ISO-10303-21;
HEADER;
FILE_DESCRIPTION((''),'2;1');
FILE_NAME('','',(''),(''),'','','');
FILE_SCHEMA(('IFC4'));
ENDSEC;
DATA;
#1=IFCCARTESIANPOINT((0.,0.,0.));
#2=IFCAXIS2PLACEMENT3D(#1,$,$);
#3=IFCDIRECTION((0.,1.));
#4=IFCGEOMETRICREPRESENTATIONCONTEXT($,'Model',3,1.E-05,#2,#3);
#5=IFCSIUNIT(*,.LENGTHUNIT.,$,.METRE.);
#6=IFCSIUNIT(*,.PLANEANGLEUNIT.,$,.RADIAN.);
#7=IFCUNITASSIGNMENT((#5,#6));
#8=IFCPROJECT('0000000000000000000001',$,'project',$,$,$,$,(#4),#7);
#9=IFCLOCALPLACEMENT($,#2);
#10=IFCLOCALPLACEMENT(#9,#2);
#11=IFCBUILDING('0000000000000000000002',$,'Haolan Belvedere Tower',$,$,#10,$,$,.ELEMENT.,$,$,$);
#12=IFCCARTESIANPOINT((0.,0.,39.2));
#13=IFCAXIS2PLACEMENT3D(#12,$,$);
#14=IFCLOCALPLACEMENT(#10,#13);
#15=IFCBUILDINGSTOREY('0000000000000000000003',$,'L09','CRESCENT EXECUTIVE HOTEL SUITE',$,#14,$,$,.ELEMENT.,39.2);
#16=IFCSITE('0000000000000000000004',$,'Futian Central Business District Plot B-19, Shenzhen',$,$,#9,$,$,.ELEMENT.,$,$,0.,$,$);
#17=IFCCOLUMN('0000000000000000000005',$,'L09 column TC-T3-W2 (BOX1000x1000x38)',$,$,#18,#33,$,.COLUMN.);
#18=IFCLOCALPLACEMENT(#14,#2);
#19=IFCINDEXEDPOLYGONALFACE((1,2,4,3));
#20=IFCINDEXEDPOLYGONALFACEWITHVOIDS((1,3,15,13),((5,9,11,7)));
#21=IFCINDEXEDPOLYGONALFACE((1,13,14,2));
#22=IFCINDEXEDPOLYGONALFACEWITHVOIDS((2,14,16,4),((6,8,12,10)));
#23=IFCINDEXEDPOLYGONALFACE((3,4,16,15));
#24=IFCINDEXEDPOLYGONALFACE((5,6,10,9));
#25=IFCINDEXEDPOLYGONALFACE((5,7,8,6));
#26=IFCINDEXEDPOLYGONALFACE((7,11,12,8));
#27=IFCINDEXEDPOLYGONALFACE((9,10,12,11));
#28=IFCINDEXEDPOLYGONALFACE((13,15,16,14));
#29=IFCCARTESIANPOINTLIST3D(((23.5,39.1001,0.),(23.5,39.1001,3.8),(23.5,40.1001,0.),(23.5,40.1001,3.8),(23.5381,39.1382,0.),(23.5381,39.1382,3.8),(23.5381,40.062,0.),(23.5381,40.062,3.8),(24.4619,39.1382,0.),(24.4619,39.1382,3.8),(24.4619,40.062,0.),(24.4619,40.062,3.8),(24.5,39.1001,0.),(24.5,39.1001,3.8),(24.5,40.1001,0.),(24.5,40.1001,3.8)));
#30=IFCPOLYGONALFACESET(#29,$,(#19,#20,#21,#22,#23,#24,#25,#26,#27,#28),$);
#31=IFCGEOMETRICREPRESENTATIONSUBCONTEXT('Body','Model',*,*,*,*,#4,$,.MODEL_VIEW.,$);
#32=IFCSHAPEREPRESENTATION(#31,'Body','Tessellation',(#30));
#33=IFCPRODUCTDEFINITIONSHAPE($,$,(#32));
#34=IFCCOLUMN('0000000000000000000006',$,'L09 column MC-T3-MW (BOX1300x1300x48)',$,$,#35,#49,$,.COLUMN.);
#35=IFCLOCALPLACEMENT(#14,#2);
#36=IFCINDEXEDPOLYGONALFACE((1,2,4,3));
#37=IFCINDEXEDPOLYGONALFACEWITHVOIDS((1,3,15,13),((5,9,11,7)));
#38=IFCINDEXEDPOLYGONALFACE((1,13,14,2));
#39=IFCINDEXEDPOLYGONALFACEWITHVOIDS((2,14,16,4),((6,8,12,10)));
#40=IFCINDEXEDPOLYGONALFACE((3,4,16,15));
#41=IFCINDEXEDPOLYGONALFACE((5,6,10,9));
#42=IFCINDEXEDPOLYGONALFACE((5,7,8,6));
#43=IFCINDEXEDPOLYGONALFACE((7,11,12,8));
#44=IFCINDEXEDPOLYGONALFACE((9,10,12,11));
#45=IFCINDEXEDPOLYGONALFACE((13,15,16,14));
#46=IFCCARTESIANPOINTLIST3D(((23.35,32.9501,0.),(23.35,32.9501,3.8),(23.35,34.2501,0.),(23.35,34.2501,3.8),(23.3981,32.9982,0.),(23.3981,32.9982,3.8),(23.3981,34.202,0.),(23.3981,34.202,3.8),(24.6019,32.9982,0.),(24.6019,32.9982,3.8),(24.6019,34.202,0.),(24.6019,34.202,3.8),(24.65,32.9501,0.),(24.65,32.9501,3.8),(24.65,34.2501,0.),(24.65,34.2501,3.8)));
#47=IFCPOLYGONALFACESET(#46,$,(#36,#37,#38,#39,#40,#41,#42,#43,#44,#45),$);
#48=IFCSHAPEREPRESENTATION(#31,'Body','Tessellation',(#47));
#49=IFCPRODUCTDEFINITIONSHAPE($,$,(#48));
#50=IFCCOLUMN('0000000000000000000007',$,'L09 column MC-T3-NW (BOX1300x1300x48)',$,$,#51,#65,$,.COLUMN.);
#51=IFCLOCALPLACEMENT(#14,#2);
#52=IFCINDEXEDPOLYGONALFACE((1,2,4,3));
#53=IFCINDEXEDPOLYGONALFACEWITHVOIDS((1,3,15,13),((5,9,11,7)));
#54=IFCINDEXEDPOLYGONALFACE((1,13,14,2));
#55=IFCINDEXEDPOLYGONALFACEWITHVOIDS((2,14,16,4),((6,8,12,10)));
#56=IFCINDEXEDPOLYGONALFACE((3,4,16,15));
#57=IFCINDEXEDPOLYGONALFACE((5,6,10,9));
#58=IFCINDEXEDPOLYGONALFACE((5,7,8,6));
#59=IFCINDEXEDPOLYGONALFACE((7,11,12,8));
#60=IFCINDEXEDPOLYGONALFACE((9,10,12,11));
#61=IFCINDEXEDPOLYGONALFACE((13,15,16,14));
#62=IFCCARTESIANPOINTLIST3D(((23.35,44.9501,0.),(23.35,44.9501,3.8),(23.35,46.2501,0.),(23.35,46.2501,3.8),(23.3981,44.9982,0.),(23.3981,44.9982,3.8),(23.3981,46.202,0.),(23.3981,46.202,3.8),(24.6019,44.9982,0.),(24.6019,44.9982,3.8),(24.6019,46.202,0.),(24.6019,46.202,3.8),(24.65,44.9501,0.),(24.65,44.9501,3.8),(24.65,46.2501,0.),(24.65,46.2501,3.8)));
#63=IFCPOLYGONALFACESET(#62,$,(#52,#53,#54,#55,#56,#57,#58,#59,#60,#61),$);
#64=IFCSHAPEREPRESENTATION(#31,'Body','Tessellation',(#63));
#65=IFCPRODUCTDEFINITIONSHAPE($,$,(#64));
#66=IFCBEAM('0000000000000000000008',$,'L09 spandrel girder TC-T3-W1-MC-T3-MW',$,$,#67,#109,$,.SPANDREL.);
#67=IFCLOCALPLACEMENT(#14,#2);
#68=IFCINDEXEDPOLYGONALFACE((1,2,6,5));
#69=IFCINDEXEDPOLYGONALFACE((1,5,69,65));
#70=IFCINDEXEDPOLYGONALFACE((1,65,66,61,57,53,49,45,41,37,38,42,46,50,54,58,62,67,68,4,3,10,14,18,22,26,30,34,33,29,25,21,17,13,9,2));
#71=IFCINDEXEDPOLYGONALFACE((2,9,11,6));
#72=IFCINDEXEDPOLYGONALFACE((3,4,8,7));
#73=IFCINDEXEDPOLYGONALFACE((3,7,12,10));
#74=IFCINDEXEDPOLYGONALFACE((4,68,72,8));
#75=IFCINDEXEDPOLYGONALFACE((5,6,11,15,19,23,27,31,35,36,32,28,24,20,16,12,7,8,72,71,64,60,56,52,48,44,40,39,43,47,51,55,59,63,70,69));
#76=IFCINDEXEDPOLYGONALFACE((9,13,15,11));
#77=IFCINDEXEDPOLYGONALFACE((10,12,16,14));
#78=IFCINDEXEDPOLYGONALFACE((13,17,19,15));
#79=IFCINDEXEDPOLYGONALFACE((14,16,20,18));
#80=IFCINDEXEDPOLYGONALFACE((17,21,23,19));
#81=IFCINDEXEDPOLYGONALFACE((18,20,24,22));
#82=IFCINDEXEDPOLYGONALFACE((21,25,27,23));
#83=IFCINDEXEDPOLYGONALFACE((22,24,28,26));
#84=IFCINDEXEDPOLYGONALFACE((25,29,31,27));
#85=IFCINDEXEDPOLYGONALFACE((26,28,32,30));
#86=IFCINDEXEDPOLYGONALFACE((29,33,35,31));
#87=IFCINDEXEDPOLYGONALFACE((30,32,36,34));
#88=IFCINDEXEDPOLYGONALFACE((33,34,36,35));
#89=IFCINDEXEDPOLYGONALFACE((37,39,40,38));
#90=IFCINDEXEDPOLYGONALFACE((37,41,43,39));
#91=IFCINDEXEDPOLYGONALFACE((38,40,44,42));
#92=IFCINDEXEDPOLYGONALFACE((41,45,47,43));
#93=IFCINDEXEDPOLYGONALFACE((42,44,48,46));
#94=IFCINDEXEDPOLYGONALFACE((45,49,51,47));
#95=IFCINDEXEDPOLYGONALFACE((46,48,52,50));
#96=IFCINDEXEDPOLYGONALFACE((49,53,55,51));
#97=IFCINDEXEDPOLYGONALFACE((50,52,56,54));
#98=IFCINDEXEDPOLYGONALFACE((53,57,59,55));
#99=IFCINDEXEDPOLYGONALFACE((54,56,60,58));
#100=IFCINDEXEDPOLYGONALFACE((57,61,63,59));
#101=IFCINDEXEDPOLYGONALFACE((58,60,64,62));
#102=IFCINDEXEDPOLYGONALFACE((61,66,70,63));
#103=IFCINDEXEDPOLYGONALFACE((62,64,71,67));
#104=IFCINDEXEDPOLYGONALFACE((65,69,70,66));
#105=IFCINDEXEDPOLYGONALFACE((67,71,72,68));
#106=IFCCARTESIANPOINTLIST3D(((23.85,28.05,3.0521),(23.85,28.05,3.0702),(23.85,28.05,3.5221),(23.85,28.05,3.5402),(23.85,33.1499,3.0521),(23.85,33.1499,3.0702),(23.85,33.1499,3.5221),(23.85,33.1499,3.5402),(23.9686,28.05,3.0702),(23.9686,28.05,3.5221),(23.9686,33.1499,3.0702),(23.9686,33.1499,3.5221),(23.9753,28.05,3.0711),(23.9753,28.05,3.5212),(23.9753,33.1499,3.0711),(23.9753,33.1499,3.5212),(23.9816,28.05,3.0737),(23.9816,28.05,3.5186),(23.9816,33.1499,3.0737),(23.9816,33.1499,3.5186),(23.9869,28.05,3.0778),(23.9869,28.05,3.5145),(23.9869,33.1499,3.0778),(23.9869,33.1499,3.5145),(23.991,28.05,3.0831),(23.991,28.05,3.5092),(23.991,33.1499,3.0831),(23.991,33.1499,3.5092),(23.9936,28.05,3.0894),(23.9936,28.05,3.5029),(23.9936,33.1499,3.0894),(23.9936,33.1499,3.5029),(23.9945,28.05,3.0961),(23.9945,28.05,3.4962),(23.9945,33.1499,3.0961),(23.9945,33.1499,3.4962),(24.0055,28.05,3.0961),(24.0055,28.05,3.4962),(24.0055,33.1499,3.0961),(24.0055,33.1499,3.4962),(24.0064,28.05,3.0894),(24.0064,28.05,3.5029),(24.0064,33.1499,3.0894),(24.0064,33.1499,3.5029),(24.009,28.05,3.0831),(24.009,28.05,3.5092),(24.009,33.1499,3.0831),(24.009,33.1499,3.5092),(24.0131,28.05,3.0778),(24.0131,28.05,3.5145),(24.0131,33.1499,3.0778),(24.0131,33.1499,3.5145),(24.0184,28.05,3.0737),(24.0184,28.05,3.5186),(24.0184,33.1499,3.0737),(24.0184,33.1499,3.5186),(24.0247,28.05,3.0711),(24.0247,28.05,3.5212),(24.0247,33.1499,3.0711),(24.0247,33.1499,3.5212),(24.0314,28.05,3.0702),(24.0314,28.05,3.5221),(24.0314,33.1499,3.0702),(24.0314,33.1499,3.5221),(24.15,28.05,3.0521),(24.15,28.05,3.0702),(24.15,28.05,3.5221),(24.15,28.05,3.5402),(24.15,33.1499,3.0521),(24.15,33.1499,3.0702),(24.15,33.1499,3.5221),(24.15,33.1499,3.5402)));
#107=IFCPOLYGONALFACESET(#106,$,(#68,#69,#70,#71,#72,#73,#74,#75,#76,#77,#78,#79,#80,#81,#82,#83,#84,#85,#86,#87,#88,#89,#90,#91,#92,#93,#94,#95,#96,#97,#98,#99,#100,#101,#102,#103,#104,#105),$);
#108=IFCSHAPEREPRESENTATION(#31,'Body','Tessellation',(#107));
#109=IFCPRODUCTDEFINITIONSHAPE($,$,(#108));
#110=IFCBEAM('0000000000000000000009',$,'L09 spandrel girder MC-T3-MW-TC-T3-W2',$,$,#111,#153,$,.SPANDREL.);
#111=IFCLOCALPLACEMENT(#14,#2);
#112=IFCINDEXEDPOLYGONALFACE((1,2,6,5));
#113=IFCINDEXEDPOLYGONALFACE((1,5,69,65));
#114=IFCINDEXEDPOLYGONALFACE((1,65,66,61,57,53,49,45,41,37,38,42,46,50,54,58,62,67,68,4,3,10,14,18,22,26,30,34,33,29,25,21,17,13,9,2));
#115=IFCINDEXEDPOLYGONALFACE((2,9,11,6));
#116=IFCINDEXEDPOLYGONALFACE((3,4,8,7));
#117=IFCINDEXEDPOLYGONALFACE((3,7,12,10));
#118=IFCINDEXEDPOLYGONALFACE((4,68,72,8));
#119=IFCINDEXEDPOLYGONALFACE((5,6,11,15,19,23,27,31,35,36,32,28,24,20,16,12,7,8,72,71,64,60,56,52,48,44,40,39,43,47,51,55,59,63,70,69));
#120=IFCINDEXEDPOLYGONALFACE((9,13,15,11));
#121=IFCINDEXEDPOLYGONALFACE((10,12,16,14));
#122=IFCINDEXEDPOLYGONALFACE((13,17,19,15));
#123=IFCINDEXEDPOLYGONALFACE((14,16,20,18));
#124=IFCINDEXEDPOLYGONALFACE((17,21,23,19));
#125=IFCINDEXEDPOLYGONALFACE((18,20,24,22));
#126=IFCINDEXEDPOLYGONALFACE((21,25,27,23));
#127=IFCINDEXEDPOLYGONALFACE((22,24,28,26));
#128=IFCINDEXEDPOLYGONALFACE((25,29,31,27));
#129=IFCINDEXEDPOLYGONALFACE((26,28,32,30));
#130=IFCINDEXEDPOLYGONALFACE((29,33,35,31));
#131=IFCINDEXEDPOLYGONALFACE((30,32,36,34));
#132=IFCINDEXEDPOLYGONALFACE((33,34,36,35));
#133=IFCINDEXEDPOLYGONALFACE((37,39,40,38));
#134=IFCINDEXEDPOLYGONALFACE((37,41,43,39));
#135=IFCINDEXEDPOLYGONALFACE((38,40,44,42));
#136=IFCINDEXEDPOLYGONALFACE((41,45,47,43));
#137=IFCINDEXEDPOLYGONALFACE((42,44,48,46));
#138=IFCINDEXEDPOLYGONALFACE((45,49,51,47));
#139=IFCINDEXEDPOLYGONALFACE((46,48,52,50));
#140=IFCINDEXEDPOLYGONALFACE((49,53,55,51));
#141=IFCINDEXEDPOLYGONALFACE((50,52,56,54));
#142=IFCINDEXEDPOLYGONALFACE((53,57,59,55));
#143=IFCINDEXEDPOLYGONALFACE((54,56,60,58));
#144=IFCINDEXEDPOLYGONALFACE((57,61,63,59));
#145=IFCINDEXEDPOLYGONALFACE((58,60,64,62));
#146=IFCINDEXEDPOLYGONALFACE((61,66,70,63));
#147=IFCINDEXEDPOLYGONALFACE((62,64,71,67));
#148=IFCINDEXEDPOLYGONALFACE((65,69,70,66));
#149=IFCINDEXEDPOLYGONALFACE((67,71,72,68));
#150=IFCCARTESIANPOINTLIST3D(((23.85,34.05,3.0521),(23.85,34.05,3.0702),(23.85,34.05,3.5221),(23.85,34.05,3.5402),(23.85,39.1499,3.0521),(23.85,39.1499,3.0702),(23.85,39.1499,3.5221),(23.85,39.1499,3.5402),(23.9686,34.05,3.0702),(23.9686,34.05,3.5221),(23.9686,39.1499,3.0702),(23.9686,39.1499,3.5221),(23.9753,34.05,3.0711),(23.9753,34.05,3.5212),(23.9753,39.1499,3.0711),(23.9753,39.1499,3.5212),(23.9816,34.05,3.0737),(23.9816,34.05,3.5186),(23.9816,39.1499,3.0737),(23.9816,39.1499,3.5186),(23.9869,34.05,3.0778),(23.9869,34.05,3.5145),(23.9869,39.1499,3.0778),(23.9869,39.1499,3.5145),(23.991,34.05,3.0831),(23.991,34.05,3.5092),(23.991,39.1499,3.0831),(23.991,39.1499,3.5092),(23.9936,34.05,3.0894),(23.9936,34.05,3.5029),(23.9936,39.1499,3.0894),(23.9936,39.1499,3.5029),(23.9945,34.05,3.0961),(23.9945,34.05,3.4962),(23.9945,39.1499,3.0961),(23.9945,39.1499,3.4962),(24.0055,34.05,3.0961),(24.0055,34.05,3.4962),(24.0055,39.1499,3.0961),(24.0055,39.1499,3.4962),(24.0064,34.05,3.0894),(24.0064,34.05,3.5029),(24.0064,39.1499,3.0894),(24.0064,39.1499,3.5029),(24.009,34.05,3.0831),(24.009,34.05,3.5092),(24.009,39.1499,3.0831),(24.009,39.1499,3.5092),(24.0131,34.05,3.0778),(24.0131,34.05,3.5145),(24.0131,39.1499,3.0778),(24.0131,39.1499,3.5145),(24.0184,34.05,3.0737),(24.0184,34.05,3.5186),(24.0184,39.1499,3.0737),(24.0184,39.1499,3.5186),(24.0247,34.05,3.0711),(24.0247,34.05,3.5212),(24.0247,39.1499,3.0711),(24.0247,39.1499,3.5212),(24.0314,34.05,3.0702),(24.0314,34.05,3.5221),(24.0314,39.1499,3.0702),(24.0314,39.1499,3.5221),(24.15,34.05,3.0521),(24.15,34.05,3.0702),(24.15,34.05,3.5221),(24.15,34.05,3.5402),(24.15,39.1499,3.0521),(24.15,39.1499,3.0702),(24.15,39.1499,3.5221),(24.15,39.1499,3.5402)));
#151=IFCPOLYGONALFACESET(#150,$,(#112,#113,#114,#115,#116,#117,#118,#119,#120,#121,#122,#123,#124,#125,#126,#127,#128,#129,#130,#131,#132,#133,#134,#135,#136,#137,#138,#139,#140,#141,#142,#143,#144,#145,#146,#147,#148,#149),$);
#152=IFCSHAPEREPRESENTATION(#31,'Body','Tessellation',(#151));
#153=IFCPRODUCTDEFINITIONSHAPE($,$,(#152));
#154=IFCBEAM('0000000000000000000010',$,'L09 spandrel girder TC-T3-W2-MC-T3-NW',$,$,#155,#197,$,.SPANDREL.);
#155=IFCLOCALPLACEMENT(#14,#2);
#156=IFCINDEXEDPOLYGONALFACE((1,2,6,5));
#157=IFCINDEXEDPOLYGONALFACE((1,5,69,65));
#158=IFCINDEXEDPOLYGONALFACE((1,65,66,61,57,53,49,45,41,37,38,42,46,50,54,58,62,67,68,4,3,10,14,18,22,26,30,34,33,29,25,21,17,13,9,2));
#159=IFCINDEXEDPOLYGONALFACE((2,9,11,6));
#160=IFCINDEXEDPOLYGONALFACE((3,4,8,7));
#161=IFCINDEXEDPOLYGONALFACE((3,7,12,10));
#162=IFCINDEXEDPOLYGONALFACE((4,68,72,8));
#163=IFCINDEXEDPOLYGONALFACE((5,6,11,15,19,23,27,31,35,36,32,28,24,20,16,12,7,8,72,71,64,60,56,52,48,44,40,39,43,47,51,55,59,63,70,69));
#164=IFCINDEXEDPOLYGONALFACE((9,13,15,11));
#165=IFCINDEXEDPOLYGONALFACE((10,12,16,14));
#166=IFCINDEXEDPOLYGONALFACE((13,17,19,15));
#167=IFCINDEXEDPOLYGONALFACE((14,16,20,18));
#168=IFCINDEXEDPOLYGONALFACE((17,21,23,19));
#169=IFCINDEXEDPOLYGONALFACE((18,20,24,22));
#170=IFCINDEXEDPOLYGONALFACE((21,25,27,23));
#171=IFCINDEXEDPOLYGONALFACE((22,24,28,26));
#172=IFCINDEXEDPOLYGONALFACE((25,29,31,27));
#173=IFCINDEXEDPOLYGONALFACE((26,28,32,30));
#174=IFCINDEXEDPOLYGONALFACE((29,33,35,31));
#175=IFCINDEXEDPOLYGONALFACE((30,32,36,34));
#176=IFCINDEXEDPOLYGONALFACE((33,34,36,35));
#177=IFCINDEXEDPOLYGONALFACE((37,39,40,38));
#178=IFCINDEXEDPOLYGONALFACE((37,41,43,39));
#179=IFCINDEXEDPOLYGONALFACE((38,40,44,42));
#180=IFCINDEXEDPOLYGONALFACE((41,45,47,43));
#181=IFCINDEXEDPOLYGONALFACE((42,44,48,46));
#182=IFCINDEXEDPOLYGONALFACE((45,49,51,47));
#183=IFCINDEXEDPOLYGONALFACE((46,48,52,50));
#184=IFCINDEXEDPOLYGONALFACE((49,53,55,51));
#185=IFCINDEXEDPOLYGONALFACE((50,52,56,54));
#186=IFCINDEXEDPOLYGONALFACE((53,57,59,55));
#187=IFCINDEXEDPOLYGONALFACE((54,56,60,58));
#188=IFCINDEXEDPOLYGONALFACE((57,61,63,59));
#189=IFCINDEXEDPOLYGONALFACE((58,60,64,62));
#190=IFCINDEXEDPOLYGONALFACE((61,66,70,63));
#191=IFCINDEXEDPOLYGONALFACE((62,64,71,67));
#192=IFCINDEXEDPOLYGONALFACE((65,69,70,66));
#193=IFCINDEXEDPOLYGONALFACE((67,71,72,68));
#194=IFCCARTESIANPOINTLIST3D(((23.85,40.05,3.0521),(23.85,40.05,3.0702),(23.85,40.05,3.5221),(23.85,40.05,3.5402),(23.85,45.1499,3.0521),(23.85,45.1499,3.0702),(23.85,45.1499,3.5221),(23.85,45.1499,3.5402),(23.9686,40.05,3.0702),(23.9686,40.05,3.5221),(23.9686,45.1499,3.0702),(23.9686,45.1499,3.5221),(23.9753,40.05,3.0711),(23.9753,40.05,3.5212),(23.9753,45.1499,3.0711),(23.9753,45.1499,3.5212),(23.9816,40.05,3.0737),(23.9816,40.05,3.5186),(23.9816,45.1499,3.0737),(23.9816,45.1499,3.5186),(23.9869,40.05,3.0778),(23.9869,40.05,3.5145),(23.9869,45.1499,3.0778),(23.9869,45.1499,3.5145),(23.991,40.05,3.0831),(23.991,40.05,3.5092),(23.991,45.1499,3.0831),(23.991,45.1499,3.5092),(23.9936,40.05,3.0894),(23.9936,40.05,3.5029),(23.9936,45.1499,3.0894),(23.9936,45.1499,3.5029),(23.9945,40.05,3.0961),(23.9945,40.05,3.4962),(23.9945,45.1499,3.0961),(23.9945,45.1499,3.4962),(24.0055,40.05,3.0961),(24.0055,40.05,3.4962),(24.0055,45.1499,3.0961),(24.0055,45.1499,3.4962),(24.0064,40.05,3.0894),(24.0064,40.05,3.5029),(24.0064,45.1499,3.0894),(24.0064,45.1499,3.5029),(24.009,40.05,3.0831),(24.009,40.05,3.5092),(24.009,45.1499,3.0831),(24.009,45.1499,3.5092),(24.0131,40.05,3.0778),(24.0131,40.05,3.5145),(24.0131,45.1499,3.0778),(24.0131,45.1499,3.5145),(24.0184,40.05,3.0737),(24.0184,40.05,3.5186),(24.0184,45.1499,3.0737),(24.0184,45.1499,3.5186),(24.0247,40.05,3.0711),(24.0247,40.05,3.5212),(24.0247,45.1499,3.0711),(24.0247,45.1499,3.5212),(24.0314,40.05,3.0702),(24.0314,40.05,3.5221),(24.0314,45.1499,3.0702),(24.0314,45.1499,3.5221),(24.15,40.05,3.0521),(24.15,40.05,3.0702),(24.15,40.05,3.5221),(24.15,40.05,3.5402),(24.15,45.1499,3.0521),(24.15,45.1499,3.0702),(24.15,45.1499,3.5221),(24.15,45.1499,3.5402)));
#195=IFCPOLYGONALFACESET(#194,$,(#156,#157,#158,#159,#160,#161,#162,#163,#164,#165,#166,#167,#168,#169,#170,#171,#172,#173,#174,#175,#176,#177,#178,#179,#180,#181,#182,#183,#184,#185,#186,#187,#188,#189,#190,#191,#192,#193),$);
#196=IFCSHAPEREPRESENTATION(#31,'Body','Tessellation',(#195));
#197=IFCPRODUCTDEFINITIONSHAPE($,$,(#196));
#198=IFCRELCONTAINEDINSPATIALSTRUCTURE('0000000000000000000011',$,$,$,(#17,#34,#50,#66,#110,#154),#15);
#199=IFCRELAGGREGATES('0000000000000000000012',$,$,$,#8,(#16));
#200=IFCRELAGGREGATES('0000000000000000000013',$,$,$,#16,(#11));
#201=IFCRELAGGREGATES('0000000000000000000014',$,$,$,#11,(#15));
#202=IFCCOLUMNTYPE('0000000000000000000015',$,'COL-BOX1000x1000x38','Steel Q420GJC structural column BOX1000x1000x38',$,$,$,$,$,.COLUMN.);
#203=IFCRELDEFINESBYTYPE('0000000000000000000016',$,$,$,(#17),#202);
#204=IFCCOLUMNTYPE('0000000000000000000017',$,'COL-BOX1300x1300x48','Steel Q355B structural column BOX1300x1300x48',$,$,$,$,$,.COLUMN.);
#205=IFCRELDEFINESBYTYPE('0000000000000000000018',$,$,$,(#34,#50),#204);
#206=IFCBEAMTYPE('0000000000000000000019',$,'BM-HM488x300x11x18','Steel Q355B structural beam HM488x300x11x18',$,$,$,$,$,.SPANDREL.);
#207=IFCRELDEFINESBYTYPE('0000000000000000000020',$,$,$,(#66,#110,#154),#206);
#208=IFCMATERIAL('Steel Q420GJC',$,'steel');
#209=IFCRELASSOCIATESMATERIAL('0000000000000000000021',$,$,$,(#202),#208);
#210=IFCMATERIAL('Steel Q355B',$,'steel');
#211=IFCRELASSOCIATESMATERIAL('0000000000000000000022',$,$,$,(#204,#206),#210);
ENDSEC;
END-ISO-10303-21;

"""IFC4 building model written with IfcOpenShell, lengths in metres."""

from ifc_helpers import new_model, si_unit, direction, frame, origin, origin_2d, place, context, subcontext, project, spatial, hollow_rectangle, i_section, extrude, material, material_profile, profile_set, type_object, element, save


model = new_model("IFC4")

# Units and contexts
model_context = context("Model", 3, precision=1e-05, world=origin(), true_north=direction((0.0, 1.0)))
body_context = subcontext(model_context, "Body", "Model", "MODEL_VIEW")
ifc_project = project(units=[si_unit("LENGTHUNIT", "METRE"), si_unit("PLANEANGLEUNIT", "RADIAN")], contexts=[model_context])

# Site, building, storey
site_placement = place(None, origin())
site = spatial("IfcSite", under=ifc_project, at=site_placement, Name="Futian Central Business District Plot B-19, Shenzhen", CompositionType="ELEMENT", RefElevation=0.0)
building_placement = place(site_placement, origin())
building = spatial("IfcBuilding", under=site, at=building_placement, Name="Haolan Belvedere Tower", CompositionType="ELEMENT")
storey_placement = place(building_placement, frame((0.0, 0.0, 39.2)))
storey = spatial("IfcBuildingStorey", under=building, at=storey_placement, Name="L09", Description="CRESCENT EXECUTIVE HOTEL SUITE", CompositionType="ELEMENT", Elevation=39.2)

# Columns
ifc_material_1 = material(Name="Steel Q420GJC", Category="steel")
ifc_material_profile_1 = material_profile(ifc_material_1, hollow_rectangle(XDim=1.0, YDim=1.0, WallThickness=0.0381, at=origin_2d()), Name="Steel Q420GJC")
ifc_profile_set_1 = profile_set([ifc_material_profile_1], Name="Steel Q420GJC")
column_type_1 = type_object("IfcColumnType", Name="COL-BOX1000x1000x38", Description="Steel Q420GJC structural column BOX1000x1000x38", PredefinedType="COLUMN", material=ifc_profile_set_1)
column_placement = place(storey_placement, frame((24.0, 39.6001, 0.0), z_axis=(0.0, 0.0, 1.0), x_axis=(1.0, 0.0, 0.0)))
element("IfcColumn", 1, at=column_placement, inside=storey, type_object=column_type_1, Name="L09 column TC-T3-W2 (BOX1000x1000x38)", PredefinedType="COLUMN", context=body_context, shape_type="SweptSolid", body=[
    extrude(hollow_rectangle(XDim=1.0, YDim=1.0, WallThickness=0.0381, at=origin_2d()), origin(), (0.0, 0.0, 1.0), 3.8),
])
ifc_material_2 = material(Name="Steel Q355B", Category="steel")
ifc_material_profile_2 = material_profile(ifc_material_2, hollow_rectangle(XDim=1.3, YDim=1.3, WallThickness=0.0481, at=origin_2d()), Name="Steel Q355B")
ifc_profile_set_2 = profile_set([ifc_material_profile_2], Name="Steel Q355B")
column_type_2 = type_object("IfcColumnType", Name="COL-BOX1300x1300x48", Description="Steel Q355B structural column BOX1300x1300x48", PredefinedType="COLUMN", material=ifc_profile_set_2)
for number, where, z_axis, x_axis, name in (
    (2, (24.0, 33.6001, 0.0), (0.0, 0.0, 1.0), (1.0, 0.0, 0.0), "L09 column MC-T3-MW (BOX1300x1300x48)"),
    (3, (24.0, 45.6001, 0.0), (0.0, 0.0, 1.0), (1.0, 0.0, 0.0), "L09 column MC-T3-NW (BOX1300x1300x48)"),
):
    element("IfcColumn", number, at=place(storey_placement, frame(where, z_axis=z_axis, x_axis=x_axis)), inside=storey, type_object=column_type_2, Name=name, PredefinedType="COLUMN", context=body_context, shape_type="SweptSolid", body=[
        extrude(hollow_rectangle(XDim=1.3, YDim=1.3, WallThickness=0.0481, at=origin_2d()), origin(), (0.0, 0.0, 1.0), 3.8),
    ])

# Beams
ifc_material_profile_3 = material_profile(ifc_material_2, i_section(OverallWidth=0.3, OverallDepth=0.488, WebThickness=0.011, FlangeThickness=0.0181, FilletRadius=0.0259, at=origin_2d()), Name="Steel Q355B")
ifc_profile_set_3 = profile_set([ifc_material_profile_3], Name="Steel Q355B")
beam_type_1 = type_object("IfcBeamType", Name="BM-HM488x300x11x18", Description="Steel Q355B structural beam HM488x300x11x18", PredefinedType="SPANDREL", material=ifc_profile_set_3)
for number, where, z_axis, x_axis, name in (
    (4, (24.0, 28.05, 3.2961), (0.0, 1.0, 0.0), (-1.0, 0.0, 0.0), "L09 spandrel girder TC-T3-W1-MC-T3-MW"),
    (5, (24.0, 34.05, 3.2961), (0.0, 1.0, 0.0), (-1.0, 0.0, 0.0), "L09 spandrel girder MC-T3-MW-TC-T3-W2"),
    (6, (24.0, 40.05, 3.2961), (0.0, 1.0, 0.0), (-1.0, 0.0, 0.0), "L09 spandrel girder TC-T3-W2-MC-T3-NW"),
):
    element("IfcBeam", number, at=place(storey_placement, frame(where, z_axis=z_axis, x_axis=x_axis)), inside=storey, type_object=beam_type_1, Name=name, PredefinedType="SPANDREL", context=body_context, shape_type="SweptSolid", body=[
        extrude(i_section(OverallWidth=0.3, OverallDepth=0.488, WebThickness=0.011, FlangeThickness=0.0181, FilletRadius=0.0259, at=origin_2d()), origin(), (0.0, 0.0, 1.0), 5.0999),
    ])

save(model, "model.ifc")
